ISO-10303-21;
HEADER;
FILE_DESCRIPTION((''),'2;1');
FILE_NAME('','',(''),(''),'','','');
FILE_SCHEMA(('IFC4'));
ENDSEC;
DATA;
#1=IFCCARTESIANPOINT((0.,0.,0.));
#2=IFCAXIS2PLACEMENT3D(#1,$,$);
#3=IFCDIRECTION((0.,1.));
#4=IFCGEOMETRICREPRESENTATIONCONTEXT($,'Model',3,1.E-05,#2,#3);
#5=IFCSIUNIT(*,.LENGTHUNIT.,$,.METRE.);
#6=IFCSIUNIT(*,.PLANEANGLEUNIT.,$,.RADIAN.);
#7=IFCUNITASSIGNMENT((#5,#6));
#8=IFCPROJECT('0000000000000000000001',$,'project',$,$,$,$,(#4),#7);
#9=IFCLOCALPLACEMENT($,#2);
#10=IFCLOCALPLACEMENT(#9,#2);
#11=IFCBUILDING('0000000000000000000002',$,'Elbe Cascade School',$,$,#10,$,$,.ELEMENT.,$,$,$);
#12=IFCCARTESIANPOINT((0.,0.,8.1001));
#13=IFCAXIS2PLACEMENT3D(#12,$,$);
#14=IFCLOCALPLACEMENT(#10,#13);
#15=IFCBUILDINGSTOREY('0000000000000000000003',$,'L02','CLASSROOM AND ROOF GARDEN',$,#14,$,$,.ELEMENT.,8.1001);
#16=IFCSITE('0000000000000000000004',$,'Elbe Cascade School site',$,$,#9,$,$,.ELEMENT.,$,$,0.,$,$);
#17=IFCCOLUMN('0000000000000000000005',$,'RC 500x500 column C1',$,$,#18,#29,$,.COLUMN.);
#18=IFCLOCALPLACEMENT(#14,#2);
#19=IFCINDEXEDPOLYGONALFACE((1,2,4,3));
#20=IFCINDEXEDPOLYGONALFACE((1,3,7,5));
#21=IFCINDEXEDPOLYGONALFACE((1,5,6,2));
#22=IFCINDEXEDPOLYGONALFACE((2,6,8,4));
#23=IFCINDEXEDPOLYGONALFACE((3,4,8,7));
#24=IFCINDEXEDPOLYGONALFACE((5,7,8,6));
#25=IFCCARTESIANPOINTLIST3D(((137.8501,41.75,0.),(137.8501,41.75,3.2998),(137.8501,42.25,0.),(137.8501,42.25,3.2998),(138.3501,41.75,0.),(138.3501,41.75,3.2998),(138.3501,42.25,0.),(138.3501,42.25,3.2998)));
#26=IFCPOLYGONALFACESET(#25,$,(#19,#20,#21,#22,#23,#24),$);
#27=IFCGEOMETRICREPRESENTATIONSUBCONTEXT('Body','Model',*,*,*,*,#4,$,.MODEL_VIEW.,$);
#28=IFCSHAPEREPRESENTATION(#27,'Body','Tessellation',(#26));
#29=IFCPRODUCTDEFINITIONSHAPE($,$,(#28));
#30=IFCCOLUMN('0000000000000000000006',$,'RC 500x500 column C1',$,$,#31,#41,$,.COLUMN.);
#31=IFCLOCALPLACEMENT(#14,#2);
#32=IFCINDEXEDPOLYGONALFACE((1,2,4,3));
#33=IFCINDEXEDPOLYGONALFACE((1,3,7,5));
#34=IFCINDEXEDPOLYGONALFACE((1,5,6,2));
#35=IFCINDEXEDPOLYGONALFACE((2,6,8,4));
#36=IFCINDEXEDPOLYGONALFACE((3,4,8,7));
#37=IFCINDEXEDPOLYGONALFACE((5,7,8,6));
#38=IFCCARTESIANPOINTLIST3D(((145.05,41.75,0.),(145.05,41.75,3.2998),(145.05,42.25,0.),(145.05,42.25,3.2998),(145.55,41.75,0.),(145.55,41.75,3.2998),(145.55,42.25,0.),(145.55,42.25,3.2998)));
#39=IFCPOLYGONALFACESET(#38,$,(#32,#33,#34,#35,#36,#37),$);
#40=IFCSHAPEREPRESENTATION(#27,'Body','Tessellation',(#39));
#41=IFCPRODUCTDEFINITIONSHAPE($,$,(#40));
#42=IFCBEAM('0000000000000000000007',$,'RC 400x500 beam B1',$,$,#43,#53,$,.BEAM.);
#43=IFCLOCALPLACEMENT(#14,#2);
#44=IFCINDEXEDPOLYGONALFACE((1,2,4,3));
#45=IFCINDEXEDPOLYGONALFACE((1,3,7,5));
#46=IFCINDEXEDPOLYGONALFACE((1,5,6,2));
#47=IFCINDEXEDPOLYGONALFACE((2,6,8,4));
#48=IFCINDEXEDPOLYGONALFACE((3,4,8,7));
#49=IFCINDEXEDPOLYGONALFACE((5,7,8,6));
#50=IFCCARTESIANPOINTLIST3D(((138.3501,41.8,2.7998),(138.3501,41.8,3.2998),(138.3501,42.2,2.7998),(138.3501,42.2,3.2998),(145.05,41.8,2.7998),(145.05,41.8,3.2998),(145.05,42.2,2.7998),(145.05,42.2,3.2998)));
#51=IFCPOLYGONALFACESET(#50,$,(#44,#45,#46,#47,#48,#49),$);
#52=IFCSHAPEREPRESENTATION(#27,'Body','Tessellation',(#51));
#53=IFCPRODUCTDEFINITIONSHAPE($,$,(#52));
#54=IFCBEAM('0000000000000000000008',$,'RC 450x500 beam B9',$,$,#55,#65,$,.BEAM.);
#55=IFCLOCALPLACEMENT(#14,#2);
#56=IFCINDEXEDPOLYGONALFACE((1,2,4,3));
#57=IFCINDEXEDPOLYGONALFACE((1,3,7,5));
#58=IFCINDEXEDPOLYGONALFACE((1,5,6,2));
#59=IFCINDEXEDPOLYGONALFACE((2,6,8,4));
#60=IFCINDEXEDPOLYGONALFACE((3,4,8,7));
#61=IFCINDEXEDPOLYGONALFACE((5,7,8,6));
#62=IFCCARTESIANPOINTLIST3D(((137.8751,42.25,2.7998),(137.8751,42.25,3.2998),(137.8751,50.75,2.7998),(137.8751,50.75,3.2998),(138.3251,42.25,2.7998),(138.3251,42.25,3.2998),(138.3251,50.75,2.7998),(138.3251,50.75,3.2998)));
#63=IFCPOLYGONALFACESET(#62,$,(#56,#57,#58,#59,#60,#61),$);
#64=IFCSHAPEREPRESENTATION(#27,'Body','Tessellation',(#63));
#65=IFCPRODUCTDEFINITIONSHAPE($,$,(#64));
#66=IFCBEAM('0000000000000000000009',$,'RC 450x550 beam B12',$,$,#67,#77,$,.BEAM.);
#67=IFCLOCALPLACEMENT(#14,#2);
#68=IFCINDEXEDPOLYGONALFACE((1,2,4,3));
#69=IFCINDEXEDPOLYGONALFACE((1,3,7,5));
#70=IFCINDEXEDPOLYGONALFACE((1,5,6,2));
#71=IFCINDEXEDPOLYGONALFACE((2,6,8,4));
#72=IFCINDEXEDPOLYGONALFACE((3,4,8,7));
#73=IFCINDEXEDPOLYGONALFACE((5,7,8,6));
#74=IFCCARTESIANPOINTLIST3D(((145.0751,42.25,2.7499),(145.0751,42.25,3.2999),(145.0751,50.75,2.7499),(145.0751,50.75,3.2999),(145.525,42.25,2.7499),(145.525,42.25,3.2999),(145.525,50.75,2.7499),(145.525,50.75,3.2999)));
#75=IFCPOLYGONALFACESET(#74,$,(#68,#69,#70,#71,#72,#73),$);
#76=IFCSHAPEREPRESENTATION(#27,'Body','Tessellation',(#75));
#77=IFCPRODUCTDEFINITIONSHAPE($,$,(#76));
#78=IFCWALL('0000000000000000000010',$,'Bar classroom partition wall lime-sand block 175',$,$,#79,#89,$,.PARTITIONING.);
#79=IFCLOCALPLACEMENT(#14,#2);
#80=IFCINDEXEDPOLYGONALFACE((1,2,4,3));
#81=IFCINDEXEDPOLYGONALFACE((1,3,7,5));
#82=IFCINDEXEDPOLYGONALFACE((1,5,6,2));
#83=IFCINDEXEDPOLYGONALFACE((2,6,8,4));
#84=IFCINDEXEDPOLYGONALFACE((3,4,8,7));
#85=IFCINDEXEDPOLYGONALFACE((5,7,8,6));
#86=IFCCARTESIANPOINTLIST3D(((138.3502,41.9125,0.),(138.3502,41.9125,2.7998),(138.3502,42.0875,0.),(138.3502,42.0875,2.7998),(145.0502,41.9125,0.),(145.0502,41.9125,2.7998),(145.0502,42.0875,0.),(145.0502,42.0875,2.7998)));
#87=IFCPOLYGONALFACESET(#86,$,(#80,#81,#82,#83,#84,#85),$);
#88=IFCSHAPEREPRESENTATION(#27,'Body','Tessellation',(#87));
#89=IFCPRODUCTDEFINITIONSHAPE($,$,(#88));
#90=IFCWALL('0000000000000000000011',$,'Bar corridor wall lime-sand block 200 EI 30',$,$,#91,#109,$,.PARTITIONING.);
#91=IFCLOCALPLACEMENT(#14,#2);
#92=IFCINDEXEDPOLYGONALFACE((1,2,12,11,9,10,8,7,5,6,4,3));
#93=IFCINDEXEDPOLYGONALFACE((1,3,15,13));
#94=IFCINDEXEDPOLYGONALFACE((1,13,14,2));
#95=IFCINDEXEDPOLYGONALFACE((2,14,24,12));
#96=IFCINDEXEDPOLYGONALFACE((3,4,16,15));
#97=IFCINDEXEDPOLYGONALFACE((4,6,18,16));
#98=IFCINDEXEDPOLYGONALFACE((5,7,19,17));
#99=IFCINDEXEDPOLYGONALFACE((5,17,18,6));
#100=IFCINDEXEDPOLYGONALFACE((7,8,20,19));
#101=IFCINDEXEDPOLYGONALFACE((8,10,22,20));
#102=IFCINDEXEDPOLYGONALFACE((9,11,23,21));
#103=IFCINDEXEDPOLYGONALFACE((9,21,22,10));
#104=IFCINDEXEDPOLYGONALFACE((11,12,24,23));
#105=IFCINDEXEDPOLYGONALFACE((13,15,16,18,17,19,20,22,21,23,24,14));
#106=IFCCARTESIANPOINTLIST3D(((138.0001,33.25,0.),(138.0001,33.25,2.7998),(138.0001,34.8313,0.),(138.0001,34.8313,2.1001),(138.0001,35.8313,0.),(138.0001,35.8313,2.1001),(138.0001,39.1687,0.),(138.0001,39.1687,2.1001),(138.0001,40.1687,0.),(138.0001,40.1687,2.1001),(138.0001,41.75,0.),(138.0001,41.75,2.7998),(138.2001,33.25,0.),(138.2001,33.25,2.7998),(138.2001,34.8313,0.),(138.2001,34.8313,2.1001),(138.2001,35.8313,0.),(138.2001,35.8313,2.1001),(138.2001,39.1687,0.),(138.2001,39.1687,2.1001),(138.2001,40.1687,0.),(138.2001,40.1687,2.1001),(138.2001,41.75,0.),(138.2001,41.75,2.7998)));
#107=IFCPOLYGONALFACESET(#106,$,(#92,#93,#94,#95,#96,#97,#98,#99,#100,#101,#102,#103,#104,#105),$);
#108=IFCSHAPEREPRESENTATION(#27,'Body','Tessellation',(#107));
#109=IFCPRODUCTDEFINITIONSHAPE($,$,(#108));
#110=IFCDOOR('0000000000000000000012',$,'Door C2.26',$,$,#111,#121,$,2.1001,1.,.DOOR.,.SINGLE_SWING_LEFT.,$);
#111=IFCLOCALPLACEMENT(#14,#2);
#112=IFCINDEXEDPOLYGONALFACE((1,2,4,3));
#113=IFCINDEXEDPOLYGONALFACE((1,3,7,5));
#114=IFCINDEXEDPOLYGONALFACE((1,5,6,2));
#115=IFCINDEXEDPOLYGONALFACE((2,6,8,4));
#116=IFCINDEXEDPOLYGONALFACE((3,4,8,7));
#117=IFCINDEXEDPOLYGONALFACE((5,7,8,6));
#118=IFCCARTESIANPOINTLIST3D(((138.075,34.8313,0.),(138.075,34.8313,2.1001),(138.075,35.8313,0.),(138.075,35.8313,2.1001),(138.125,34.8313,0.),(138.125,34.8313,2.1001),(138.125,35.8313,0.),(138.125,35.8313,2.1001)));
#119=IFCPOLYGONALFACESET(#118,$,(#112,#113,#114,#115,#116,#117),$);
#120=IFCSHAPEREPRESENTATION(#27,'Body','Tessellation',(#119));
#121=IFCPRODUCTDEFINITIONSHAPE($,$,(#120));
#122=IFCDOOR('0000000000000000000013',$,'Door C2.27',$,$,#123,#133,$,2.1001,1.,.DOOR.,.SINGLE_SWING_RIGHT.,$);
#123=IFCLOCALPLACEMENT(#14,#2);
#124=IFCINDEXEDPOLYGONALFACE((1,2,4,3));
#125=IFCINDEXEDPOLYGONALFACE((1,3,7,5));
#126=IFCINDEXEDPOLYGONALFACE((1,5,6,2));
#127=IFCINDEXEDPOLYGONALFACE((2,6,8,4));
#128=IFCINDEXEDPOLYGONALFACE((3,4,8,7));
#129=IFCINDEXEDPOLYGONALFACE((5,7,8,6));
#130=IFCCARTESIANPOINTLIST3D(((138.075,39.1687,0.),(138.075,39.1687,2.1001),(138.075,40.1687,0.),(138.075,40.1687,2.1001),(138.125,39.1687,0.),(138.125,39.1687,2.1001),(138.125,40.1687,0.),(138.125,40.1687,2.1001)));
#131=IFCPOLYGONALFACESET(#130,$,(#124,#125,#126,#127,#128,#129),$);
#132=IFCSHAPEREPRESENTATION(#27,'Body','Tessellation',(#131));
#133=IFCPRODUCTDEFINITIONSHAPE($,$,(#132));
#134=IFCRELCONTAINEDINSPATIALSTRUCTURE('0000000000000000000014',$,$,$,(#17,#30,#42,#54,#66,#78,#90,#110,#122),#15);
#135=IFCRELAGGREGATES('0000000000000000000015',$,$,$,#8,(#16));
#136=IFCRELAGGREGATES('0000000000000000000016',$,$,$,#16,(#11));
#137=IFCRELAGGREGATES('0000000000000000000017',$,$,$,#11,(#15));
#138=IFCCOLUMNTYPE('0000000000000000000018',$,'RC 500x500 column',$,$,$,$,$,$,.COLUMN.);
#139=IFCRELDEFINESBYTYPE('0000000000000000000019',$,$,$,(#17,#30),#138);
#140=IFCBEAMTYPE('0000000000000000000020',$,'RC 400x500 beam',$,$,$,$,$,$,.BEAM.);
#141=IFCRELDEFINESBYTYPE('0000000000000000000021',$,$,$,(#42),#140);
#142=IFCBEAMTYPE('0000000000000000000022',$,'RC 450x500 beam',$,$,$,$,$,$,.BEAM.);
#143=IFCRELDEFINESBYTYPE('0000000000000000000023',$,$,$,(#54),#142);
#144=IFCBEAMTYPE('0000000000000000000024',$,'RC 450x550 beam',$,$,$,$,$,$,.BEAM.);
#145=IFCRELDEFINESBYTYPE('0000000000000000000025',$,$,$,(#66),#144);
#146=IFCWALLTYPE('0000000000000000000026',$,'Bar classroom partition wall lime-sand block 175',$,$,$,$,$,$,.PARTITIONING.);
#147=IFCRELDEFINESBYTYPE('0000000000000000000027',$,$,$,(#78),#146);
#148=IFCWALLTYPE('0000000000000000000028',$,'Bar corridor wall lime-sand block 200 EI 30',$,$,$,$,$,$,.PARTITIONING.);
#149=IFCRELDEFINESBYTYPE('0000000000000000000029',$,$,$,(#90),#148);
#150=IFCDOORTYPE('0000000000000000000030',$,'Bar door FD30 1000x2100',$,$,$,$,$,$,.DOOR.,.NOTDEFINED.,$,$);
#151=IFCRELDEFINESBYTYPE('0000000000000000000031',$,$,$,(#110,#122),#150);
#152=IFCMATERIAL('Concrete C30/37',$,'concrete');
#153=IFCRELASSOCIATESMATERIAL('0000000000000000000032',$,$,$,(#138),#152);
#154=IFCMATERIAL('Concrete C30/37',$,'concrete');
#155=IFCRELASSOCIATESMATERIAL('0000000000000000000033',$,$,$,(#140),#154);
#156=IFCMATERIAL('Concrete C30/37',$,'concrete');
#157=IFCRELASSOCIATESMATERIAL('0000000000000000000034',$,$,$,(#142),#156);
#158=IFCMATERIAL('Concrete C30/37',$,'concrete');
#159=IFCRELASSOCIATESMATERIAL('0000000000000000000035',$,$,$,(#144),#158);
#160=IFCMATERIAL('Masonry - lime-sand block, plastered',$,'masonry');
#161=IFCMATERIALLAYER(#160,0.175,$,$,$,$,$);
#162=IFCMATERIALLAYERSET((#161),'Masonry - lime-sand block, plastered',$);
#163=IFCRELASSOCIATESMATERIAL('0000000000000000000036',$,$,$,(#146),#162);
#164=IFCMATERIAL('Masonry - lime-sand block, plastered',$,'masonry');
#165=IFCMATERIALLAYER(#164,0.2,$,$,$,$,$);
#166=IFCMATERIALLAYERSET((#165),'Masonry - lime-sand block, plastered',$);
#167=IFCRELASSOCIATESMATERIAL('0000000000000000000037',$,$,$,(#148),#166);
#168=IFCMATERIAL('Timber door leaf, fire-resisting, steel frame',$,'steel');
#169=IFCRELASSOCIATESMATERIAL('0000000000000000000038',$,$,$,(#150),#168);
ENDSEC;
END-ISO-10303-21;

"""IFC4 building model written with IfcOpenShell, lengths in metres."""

from ifc_helpers import new_model, si_unit, direction, frame, frame_2d, origin, origin_2d, place, context, subcontext, project, spatial, rectangle, extrude, material, layer, layer_set, material_profile, profile_set, type_object, element, fill, save


model = new_model("IFC4")

# Units and contexts
model_context = context("Model", 3, precision=1e-05, world=origin(), true_north=direction((0.0, 1.0)))
body_context = subcontext(model_context, "Body", "Model", "MODEL_VIEW")
ifc_project = project(units=[si_unit("LENGTHUNIT", "METRE"), si_unit("PLANEANGLEUNIT", "RADIAN")], contexts=[model_context])

# Site, building, storey
site_placement = place(None, origin())
site = spatial("IfcSite", under=ifc_project, at=site_placement, Name="Elbe Cascade School site", CompositionType="ELEMENT", RefElevation=0.0)
building_placement = place(site_placement, origin())
building = spatial("IfcBuilding", under=site, at=building_placement, Name="Elbe Cascade School", CompositionType="ELEMENT")
storey_placement = place(building_placement, frame((0.0, 0.0, 8.1001)))
storey = spatial("IfcBuildingStorey", under=building, at=storey_placement, Name="L02", Description="CLASSROOM AND ROOF GARDEN", CompositionType="ELEMENT", Elevation=8.1001)

# Columns
ifc_material_1 = material(Name="Concrete C30/37", Category="concrete")
ifc_material_profile_1 = material_profile(ifc_material_1, rectangle(XDim=0.5, YDim=0.5, at=origin_2d()), Name="RC 500x500")
ifc_profile_set_1 = profile_set([ifc_material_profile_1], Name="Concrete C30/37")
column_type = type_object("IfcColumnType", Name="RC 500x500 column", PredefinedType="COLUMN", material=ifc_profile_set_1)
for number, where, z_axis, x_axis, name in (
    (1, (138.1001, 42.0, 0.0), (0.0, 0.0, 1.0), (1.0, 0.0, 0.0), "RC 500x500 column C1"),
    (2, (145.3, 42.0, 0.0), (0.0, 0.0, 1.0), (1.0, 0.0, 0.0), "RC 500x500 column C1"),
):
    element("IfcColumn", number, at=place(storey_placement, frame(where, z_axis=z_axis, x_axis=x_axis)), inside=storey, type_object=column_type, Name=name, PredefinedType="COLUMN", context=body_context, shape_type="SweptSolid", body=[
        extrude(rectangle(XDim=0.5, YDim=0.5, at=origin_2d()), origin(), (0.0, 0.0, 1.0), 3.2998),
    ])

# Beams
ifc_material_2 = material(Name="Concrete C30/37", Category="concrete")
ifc_material_profile_2 = material_profile(ifc_material_2, rectangle(XDim=0.3999, YDim=0.5, at=origin_2d()), Name="RC 400x500")
ifc_profile_set_2 = profile_set([ifc_material_profile_2], Name="Concrete C30/37")
beam_type_1 = type_object("IfcBeamType", Name="RC 400x500 beam", PredefinedType="BEAM", material=ifc_profile_set_2)
beam_1_placement = place(storey_placement, frame((138.3501, 42.0, 3.0498), z_axis=(1.0, 0.0, 0.0), x_axis=(0.0, 1.0, 0.0)))
element("IfcBeam", 3, at=beam_1_placement, inside=storey, type_object=beam_type_1, Name="RC 400x500 beam B1", PredefinedType="BEAM", context=body_context, shape_type="SweptSolid", body=[
    extrude(rectangle(XDim=0.3999, YDim=0.5, at=origin_2d()), origin(), (0.0, 0.0, 1.0), 6.7),
])
ifc_material_3 = material(Name="Concrete C30/37", Category="concrete")
ifc_material_profile_3 = material_profile(ifc_material_3, rectangle(XDim=0.45, YDim=0.5, at=origin_2d()), Name="RC 450x500")
ifc_profile_set_3 = profile_set([ifc_material_profile_3], Name="Concrete C30/37")
beam_type_2 = type_object("IfcBeamType", Name="RC 450x500 beam", PredefinedType="BEAM", material=ifc_profile_set_3)
beam_2_placement = place(storey_placement, frame((138.1001, 42.25, 3.0498), z_axis=(0.0, 1.0, 0.0), x_axis=(-1.0, 0.0, 0.0)))
element("IfcBeam", 4, at=beam_2_placement, inside=storey, type_object=beam_type_2, Name="RC 450x500 beam B9", PredefinedType="BEAM", context=body_context, shape_type="SweptSolid", body=[
    extrude(rectangle(XDim=0.45, YDim=0.5, at=origin_2d()), origin(), (0.0, 0.0, 1.0), 8.5),
])
ifc_material_4 = material(Name="Concrete C30/37", Category="concrete")
ifc_material_profile_4 = material_profile(ifc_material_4, rectangle(XDim=0.45, YDim=0.55, at=origin_2d()), Name="RC 450x550")
ifc_profile_set_4 = profile_set([ifc_material_profile_4], Name="Concrete C30/37")
beam_type_3 = type_object("IfcBeamType", Name="RC 450x550 beam", PredefinedType="BEAM", material=ifc_profile_set_4)
beam_3_placement = place(storey_placement, frame((145.3, 42.25, 3.0249), z_axis=(0.0, 1.0, 0.0), x_axis=(-1.0, 0.0, 0.0)))
element("IfcBeam", 5, at=beam_3_placement, inside=storey, type_object=beam_type_3, Name="RC 450x550 beam B12", PredefinedType="BEAM", context=body_context, shape_type="SweptSolid", body=[
    extrude(rectangle(XDim=0.45, YDim=0.55, at=origin_2d()), origin(), (0.0, 0.0, 1.0), 8.5),
])

# Wall
ifc_material_5 = material(Name="Masonry - lime-sand block, plastered", Category="masonry")
ifc_layer_1 = layer(ifc_material_5, 0.175)
ifc_layer_set_1 = layer_set([ifc_layer_1], Name="Masonry - lime-sand block, plastered")
wall_type_1 = type_object("IfcWallType", Name="Bar classroom partition wall lime-sand block 175", PredefinedType="PARTITIONING", material=ifc_layer_set_1)
wall_1_placement = place(storey_placement, frame((138.3501, 42.0, 0.0), z_axis=(0.0, 0.0, 1.0), x_axis=(1.0, 0.0, 0.0)))
element("IfcWall", 6, at=wall_1_placement, inside=storey, type_object=wall_type_1, Name="Bar classroom partition wall lime-sand block 175", PredefinedType="PARTITIONING", context=body_context, shape_type="SweptSolid", body=[
    extrude(rectangle(XDim=6.7, YDim=0.175, at=frame_2d((3.3501, 0.0))), origin(), (0.0, 0.0, 1.0), 2.7998),
])

# Wall, openings, doors
ifc_material_6 = material(Name="Masonry - lime-sand block, plastered", Category="masonry")
ifc_layer_2 = layer(ifc_material_6, 0.2)
ifc_layer_set_2 = layer_set([ifc_layer_2], Name="Masonry - lime-sand block, plastered")
wall_type_2 = type_object("IfcWallType", Name="Bar corridor wall lime-sand block 200 EI 30", PredefinedType="PARTITIONING", material=ifc_layer_set_2)
wall_2_placement = place(storey_placement, frame((138.1001, 41.75, 0.0), z_axis=(0.0, 0.0, 1.0), x_axis=(0.0, -1.0, 0.0)))
wall_2 = element("IfcWall", 7, at=wall_2_placement, inside=storey, type_object=wall_type_2, Name="Bar corridor wall lime-sand block 200 EI 30", PredefinedType="PARTITIONING", context=body_context, shape_type="SweptSolid", body=[
    extrude(rectangle(XDim=8.5, YDim=0.2, at=frame_2d((4.25, 0.0))), origin(), (0.0, 0.0, 1.0), 2.7998),
])
opening_1_placement = place(wall_2_placement, frame((5.9187, 0.0, 0.0)))
opening_1 = element("IfcOpeningElement", 8, at=opening_1_placement, cuts=wall_2, PredefinedType="OPENING", context=body_context, shape_type="SweptSolid", body=[
    extrude(rectangle(XDim=1.0, YDim=2.1001, at=frame_2d((0.5, 1.05))), frame((0.0, 0.1099, 0.0), z_axis=(0.0, -1.0, 0.0), x_axis=(1.0, 0.0, 0.0)), (0.0, 0.0, 1.0), 0.22),
])
opening_2_placement = place(wall_2_placement, frame((1.5813, 0.0, 0.0)))
opening_2 = element("IfcOpeningElement", 9, at=opening_2_placement, cuts=wall_2, PredefinedType="OPENING", context=body_context, shape_type="SweptSolid", body=[
    extrude(rectangle(XDim=1.0, YDim=2.1001, at=frame_2d((0.5, 1.05))), frame((0.0, 0.1099, 0.0), z_axis=(0.0, -1.0, 0.0), x_axis=(1.0, 0.0, 0.0)), (0.0, 0.0, 1.0), 0.22),
])
ifc_material_7 = material(Name="Timber door leaf, fire-resisting, steel frame", Category="steel")
door_type = type_object("IfcDoorType", Name="Bar door FD30 1000x2100", OperationType="NOTDEFINED", PredefinedType="DOOR", material=ifc_material_7)
door_1_placement = place(opening_1_placement, origin())
door_1 = element("IfcDoor", 10, at=door_1_placement, inside=storey, type_object=door_type, Name="Door C2.26", OperationType="SINGLE_SWING_LEFT", OverallHeight=2.1001, OverallWidth=1.0, PredefinedType="DOOR", context=body_context, shape_type="SweptSolid", body=[
    extrude(rectangle(XDim=1.0, YDim=2.1001, at=frame_2d((0.5, 1.05))), frame((0.0, 0.0249, 0.0), z_axis=(0.0, -1.0, 0.0), x_axis=(1.0, 0.0, 0.0)), (0.0, 0.0, 1.0), 0.05),
])
fill(opening_1, door_1)
door_2_placement = place(opening_2_placement, origin())
door_2 = element("IfcDoor", 11, at=door_2_placement, inside=storey, type_object=door_type, Name="Door C2.27", OperationType="SINGLE_SWING_RIGHT", OverallHeight=2.1001, OverallWidth=1.0, PredefinedType="DOOR", context=body_context, shape_type="SweptSolid", body=[
    extrude(rectangle(XDim=1.0, YDim=2.1001, at=frame_2d((0.5, 1.05))), frame((0.0, 0.0249, 0.0), z_axis=(0.0, -1.0, 0.0), x_axis=(1.0, 0.0, 0.0)), (0.0, 0.0, 1.0), 0.05),
])
fill(opening_2, door_2)

save(model, "model.ifc")
